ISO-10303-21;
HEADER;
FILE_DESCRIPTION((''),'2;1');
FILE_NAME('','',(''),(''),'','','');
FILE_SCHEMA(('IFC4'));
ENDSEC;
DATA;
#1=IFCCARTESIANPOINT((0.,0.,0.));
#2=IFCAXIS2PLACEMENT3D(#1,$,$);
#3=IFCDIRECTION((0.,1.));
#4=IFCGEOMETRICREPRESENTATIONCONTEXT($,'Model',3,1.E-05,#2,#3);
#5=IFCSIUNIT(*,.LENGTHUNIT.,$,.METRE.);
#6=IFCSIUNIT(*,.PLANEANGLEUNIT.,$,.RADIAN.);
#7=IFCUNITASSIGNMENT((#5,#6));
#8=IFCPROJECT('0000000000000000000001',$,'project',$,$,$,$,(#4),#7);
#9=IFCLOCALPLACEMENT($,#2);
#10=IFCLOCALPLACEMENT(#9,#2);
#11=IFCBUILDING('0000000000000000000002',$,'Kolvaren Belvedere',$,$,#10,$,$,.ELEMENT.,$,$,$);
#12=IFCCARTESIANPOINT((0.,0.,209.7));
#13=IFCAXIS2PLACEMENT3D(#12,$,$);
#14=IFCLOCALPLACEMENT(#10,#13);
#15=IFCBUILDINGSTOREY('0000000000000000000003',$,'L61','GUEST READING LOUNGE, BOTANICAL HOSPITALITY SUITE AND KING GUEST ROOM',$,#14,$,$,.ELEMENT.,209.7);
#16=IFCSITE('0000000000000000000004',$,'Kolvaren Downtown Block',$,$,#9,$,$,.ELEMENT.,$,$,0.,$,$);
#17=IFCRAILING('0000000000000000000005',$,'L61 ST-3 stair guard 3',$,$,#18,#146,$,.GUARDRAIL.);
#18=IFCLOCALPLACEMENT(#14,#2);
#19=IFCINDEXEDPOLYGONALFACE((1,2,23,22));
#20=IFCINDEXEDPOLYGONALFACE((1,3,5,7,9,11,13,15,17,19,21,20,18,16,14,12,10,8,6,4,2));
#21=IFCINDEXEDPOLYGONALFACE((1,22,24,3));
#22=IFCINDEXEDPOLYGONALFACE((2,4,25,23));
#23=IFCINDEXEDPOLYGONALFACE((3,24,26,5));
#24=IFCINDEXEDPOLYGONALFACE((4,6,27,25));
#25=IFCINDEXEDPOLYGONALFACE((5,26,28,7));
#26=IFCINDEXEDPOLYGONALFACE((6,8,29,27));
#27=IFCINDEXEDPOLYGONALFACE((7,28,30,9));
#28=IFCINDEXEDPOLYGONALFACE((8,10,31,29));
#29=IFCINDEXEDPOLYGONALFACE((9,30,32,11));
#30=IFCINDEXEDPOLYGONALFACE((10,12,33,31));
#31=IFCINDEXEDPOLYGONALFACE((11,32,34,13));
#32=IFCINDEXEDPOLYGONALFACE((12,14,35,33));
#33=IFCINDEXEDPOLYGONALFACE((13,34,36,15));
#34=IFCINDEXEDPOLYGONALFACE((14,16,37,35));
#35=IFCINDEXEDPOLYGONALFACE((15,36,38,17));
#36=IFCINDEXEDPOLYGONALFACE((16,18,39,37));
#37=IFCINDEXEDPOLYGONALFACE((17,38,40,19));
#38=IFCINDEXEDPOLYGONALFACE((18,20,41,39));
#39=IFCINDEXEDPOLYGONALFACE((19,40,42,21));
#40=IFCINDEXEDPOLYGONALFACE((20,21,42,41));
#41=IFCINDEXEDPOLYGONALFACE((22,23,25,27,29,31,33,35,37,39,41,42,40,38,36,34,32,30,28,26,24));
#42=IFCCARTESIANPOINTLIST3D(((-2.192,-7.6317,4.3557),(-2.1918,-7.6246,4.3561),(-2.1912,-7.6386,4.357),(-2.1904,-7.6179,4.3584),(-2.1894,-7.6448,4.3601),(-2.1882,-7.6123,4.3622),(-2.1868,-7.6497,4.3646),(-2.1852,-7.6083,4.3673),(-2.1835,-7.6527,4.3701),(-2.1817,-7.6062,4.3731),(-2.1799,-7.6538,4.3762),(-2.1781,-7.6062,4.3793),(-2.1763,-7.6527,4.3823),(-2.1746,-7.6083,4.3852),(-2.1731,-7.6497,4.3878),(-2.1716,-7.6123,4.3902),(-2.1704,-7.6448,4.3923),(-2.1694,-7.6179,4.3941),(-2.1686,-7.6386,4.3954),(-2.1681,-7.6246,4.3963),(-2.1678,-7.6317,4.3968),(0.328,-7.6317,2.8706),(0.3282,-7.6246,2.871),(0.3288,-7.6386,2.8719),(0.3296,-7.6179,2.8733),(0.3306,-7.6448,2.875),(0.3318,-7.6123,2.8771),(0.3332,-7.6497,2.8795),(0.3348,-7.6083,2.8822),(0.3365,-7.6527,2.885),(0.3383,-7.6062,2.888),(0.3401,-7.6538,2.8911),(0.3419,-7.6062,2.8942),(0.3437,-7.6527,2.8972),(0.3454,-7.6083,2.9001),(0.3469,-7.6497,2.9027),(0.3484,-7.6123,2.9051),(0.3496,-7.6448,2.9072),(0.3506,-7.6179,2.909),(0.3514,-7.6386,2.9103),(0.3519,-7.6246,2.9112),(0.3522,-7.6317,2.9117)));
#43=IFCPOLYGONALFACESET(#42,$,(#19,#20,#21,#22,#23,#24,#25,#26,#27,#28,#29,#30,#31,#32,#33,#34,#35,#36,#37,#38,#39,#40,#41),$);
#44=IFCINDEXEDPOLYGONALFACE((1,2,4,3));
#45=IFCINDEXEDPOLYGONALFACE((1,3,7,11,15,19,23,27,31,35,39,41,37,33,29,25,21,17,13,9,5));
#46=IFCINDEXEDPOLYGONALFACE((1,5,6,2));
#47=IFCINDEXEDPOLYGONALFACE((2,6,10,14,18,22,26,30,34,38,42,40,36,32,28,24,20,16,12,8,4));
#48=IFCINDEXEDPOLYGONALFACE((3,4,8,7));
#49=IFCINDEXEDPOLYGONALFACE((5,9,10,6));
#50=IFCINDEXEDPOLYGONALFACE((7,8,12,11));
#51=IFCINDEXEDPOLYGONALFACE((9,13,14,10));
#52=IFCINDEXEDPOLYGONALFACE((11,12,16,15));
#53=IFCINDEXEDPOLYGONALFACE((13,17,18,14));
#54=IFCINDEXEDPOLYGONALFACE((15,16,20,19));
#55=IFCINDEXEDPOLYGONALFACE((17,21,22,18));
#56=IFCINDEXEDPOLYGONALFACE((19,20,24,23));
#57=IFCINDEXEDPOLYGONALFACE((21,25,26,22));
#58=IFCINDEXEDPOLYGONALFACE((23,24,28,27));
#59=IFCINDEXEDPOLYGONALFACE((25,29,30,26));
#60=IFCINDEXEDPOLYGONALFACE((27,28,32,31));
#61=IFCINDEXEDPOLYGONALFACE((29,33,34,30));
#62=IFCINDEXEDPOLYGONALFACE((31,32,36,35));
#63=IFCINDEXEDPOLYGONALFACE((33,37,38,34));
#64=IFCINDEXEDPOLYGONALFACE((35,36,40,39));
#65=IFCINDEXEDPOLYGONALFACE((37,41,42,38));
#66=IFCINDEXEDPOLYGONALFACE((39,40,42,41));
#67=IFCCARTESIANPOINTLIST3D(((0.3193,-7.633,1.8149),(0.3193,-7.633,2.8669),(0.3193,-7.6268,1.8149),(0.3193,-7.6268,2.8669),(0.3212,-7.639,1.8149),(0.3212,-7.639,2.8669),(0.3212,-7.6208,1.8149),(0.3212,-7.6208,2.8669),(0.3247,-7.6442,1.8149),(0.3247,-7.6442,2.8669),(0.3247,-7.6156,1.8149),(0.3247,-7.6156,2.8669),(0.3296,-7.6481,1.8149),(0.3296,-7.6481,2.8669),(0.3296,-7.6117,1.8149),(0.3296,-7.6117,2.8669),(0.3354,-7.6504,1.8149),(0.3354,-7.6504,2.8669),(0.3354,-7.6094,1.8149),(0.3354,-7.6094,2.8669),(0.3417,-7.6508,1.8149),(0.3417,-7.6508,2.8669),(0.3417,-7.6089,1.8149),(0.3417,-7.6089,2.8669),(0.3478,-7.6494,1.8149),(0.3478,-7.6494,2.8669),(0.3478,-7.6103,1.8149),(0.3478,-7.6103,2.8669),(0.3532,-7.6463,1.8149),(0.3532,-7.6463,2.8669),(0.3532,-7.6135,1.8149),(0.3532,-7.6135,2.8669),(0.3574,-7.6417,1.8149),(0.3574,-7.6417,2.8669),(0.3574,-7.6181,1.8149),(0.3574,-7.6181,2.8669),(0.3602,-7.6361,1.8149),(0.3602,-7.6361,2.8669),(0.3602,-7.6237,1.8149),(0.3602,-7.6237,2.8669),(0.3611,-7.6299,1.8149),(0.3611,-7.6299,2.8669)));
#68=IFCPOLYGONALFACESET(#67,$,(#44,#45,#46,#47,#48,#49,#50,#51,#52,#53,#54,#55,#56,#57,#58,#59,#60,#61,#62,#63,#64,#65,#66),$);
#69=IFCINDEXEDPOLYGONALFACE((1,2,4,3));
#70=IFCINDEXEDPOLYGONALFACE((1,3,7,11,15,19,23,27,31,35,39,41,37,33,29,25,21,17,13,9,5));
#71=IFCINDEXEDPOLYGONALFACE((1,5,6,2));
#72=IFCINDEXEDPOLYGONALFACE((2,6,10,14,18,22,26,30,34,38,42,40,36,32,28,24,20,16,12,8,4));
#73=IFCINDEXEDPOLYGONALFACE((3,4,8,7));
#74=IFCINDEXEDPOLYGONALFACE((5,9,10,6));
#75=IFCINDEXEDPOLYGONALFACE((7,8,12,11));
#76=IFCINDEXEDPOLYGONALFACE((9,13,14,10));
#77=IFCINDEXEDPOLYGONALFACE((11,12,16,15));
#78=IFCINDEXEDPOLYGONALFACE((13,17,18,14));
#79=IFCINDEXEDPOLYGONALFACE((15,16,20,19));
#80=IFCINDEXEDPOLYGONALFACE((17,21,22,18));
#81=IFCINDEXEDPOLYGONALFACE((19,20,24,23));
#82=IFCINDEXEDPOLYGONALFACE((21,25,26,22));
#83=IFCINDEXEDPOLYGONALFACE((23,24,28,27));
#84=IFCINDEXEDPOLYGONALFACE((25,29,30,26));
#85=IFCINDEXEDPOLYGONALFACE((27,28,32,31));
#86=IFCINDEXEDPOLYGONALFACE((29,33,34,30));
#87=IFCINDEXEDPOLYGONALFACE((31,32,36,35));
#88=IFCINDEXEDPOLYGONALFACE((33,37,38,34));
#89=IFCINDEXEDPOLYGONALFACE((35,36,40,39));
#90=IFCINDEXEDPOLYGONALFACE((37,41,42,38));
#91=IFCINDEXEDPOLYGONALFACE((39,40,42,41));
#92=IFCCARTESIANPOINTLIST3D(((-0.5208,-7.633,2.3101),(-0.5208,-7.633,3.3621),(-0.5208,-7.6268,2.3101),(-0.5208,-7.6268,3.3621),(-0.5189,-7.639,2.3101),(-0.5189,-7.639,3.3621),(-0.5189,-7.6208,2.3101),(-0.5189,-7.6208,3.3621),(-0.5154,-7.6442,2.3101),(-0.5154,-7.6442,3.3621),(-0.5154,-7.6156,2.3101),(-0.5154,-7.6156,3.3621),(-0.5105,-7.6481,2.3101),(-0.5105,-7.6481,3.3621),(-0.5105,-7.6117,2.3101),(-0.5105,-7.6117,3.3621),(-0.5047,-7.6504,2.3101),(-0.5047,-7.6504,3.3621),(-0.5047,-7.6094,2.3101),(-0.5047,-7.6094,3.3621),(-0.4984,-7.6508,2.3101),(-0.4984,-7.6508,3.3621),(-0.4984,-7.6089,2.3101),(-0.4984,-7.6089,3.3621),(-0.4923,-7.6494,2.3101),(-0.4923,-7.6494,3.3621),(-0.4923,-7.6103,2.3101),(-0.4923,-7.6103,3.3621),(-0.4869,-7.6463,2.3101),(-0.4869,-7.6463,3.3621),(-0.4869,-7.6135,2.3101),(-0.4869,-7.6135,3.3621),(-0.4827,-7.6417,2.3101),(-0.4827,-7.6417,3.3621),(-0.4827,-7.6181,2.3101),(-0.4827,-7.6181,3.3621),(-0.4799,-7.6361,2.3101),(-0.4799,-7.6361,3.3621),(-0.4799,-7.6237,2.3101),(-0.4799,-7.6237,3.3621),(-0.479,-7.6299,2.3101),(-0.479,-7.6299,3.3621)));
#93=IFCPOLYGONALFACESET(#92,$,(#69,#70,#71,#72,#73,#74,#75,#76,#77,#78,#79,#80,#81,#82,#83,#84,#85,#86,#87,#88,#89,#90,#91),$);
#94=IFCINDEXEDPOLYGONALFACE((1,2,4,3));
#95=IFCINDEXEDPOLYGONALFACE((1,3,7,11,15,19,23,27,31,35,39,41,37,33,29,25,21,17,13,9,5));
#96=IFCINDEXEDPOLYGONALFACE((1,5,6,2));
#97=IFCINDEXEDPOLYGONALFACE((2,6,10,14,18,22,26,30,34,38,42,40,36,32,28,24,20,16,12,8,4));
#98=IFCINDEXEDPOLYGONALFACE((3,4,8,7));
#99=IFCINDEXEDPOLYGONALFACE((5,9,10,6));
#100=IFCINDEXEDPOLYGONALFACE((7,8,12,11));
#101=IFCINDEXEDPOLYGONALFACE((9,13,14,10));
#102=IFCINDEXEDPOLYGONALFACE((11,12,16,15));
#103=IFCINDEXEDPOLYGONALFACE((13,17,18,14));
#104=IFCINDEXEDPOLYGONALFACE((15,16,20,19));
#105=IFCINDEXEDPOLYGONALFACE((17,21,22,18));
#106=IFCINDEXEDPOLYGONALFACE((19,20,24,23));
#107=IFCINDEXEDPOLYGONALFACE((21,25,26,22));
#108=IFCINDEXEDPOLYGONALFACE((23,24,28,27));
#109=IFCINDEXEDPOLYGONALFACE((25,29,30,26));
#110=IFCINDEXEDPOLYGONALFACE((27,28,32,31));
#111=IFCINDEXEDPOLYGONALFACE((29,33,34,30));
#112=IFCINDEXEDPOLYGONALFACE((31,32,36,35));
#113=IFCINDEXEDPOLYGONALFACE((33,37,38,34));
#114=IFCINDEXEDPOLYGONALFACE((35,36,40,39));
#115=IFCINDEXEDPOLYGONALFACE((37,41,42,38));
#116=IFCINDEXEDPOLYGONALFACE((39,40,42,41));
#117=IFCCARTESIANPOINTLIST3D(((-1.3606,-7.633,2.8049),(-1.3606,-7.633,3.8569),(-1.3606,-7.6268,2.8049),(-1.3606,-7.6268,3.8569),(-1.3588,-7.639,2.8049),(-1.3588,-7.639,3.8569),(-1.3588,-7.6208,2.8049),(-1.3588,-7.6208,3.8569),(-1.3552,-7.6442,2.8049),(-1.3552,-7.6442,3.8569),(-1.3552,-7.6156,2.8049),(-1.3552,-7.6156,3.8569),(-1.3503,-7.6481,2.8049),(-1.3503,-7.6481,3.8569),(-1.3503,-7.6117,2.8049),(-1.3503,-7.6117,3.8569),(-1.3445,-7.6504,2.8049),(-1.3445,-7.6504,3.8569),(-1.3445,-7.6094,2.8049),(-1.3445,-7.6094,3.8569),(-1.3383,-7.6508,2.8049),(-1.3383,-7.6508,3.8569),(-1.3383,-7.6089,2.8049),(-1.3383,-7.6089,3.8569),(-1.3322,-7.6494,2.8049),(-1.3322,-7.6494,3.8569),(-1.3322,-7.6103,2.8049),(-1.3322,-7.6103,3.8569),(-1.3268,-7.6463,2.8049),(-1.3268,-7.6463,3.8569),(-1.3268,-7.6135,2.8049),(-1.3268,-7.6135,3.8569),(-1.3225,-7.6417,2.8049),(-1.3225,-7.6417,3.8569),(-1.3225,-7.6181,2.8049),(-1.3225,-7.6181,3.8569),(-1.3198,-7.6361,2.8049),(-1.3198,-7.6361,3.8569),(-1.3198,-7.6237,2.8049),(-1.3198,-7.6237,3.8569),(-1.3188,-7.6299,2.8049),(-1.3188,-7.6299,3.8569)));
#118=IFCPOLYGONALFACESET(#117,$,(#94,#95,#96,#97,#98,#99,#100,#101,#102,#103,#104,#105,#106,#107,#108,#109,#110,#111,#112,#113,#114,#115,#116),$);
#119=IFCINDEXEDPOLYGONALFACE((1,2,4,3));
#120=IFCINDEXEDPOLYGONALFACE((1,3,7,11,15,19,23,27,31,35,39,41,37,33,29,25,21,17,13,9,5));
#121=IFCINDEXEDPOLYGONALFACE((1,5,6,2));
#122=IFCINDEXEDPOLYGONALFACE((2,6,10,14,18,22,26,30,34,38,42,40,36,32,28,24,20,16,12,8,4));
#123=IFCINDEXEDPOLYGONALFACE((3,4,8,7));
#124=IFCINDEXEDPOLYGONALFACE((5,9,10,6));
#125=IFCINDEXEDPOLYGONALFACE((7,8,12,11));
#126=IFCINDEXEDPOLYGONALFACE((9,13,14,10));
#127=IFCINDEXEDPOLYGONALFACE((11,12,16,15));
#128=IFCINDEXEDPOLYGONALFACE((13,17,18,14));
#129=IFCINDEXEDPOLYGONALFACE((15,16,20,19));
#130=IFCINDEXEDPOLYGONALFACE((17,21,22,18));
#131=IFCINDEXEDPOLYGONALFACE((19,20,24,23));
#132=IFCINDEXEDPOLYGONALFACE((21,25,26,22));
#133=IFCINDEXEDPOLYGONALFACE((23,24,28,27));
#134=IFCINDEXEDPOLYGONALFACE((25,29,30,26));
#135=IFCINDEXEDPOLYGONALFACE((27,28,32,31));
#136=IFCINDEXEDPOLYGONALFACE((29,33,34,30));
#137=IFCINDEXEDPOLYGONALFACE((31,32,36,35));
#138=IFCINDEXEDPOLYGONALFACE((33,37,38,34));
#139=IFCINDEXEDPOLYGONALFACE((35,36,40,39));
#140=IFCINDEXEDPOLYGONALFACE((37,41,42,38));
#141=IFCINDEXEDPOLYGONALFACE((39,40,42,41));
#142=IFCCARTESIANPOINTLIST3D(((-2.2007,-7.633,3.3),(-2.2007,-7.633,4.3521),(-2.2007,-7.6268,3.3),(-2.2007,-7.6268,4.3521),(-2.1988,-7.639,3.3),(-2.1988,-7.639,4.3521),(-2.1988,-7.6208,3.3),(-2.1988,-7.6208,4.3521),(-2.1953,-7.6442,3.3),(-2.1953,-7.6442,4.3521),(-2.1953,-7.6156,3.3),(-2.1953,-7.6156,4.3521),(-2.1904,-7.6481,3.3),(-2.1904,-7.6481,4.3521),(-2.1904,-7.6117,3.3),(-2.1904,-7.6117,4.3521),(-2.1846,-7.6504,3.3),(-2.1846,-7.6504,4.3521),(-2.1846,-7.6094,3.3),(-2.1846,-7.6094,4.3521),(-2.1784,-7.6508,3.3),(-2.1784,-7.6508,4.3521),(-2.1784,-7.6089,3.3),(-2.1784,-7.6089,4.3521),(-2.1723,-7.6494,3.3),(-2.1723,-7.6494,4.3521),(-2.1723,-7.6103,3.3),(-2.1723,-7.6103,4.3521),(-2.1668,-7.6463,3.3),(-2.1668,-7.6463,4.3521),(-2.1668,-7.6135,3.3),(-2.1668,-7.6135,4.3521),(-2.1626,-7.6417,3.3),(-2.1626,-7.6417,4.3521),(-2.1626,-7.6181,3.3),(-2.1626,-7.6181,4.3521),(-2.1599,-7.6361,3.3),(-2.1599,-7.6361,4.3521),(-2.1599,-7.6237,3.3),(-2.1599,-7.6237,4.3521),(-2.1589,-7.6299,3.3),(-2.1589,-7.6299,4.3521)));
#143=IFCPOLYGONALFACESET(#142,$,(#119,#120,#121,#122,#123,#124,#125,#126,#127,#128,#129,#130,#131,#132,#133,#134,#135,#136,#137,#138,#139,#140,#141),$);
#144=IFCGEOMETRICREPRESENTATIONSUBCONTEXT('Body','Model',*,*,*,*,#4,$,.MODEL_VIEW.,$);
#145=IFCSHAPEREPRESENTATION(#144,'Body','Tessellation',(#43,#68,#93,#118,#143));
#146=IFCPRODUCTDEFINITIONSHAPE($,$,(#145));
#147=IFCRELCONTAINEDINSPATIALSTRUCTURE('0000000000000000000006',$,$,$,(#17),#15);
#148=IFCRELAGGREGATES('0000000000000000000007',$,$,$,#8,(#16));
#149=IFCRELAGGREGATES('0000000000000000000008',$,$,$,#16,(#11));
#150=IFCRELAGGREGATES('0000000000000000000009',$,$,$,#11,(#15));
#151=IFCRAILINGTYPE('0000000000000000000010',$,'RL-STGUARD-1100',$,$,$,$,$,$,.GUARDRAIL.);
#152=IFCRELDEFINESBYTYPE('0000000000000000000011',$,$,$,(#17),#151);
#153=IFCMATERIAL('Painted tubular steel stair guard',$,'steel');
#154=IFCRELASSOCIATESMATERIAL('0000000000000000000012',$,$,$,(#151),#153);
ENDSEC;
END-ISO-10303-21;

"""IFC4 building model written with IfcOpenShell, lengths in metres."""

from ifc_helpers import new_model, si_unit, direction, frame, origin, origin_2d, place, context, subcontext, project, spatial, circle, extrude, material, type_object, element, save


model = new_model("IFC4")

# Units and contexts
model_context = context("Model", 3, precision=1e-05, world=origin(), true_north=direction((0.0, 1.0)))
body_context = subcontext(model_context, "Body", "Model", "MODEL_VIEW")
ifc_project = project(units=[si_unit("LENGTHUNIT", "METRE"), si_unit("PLANEANGLEUNIT", "RADIAN")], contexts=[model_context])

# Site, building, storey
site_placement = place(None, origin())
site = spatial("IfcSite", under=ifc_project, at=site_placement, Name="Kolvaren Downtown Block", CompositionType="ELEMENT", RefElevation=0.0)
building_placement = place(site_placement, origin())
building = spatial("IfcBuilding", under=site, at=building_placement, Name="Kolvaren Belvedere", CompositionType="ELEMENT")
storey_placement = place(building_placement, frame((0.0, 0.0, 209.7)))
storey = spatial("IfcBuildingStorey", under=building, at=storey_placement, Name="L61", Description="GUEST READING LOUNGE, BOTANICAL HOSPITALITY SUITE AND KING GUEST ROOM", CompositionType="ELEMENT", Elevation=209.7)

# Railing
ifc_material_1 = material(Name="Painted tubular steel stair guard", Category="steel")
railing_type_1 = type_object("IfcRailingType", Name="RL-STGUARD-1100", PredefinedType="GUARDRAIL", material=ifc_material_1)
railing_1_placement = place(storey_placement, frame((0.3401, -7.6299, 1.8149)))
element("IfcRailing", 1, at=railing_1_placement, inside=storey, type_object=railing_type_1, Name="L61 ST-3 stair guard 3", PredefinedType="GUARDRAIL", context=body_context, shape_type="SweptSolid", body=[
    extrude(circle(Radius=0.0239, at=origin_2d()), frame((0.0, 0.0, 1.0762), z_axis=(-0.861524, 0.0, 0.507717), x_axis=(0.0, -1.0, 0.0)), (0.0, 0.0, 1.0), 2.925),
    extrude(circle(Radius=0.021, at=origin_2d()), origin(), (0.0, 0.0, 1.0), 1.052),
    extrude(circle(Radius=0.021, at=origin_2d()), frame((-0.8401, 0.0, 0.4951)), (0.0, 0.0, 1.0), 1.052),
    extrude(circle(Radius=0.021, at=origin_2d()), frame((-1.6799, 0.0, 0.99)), (0.0, 0.0, 1.0), 1.052),
    extrude(circle(Radius=0.021, at=origin_2d()), frame((-2.52, 0.0, 1.4851)), (0.0, 0.0, 1.0), 1.052),
])

save(model, "model.ifc")
